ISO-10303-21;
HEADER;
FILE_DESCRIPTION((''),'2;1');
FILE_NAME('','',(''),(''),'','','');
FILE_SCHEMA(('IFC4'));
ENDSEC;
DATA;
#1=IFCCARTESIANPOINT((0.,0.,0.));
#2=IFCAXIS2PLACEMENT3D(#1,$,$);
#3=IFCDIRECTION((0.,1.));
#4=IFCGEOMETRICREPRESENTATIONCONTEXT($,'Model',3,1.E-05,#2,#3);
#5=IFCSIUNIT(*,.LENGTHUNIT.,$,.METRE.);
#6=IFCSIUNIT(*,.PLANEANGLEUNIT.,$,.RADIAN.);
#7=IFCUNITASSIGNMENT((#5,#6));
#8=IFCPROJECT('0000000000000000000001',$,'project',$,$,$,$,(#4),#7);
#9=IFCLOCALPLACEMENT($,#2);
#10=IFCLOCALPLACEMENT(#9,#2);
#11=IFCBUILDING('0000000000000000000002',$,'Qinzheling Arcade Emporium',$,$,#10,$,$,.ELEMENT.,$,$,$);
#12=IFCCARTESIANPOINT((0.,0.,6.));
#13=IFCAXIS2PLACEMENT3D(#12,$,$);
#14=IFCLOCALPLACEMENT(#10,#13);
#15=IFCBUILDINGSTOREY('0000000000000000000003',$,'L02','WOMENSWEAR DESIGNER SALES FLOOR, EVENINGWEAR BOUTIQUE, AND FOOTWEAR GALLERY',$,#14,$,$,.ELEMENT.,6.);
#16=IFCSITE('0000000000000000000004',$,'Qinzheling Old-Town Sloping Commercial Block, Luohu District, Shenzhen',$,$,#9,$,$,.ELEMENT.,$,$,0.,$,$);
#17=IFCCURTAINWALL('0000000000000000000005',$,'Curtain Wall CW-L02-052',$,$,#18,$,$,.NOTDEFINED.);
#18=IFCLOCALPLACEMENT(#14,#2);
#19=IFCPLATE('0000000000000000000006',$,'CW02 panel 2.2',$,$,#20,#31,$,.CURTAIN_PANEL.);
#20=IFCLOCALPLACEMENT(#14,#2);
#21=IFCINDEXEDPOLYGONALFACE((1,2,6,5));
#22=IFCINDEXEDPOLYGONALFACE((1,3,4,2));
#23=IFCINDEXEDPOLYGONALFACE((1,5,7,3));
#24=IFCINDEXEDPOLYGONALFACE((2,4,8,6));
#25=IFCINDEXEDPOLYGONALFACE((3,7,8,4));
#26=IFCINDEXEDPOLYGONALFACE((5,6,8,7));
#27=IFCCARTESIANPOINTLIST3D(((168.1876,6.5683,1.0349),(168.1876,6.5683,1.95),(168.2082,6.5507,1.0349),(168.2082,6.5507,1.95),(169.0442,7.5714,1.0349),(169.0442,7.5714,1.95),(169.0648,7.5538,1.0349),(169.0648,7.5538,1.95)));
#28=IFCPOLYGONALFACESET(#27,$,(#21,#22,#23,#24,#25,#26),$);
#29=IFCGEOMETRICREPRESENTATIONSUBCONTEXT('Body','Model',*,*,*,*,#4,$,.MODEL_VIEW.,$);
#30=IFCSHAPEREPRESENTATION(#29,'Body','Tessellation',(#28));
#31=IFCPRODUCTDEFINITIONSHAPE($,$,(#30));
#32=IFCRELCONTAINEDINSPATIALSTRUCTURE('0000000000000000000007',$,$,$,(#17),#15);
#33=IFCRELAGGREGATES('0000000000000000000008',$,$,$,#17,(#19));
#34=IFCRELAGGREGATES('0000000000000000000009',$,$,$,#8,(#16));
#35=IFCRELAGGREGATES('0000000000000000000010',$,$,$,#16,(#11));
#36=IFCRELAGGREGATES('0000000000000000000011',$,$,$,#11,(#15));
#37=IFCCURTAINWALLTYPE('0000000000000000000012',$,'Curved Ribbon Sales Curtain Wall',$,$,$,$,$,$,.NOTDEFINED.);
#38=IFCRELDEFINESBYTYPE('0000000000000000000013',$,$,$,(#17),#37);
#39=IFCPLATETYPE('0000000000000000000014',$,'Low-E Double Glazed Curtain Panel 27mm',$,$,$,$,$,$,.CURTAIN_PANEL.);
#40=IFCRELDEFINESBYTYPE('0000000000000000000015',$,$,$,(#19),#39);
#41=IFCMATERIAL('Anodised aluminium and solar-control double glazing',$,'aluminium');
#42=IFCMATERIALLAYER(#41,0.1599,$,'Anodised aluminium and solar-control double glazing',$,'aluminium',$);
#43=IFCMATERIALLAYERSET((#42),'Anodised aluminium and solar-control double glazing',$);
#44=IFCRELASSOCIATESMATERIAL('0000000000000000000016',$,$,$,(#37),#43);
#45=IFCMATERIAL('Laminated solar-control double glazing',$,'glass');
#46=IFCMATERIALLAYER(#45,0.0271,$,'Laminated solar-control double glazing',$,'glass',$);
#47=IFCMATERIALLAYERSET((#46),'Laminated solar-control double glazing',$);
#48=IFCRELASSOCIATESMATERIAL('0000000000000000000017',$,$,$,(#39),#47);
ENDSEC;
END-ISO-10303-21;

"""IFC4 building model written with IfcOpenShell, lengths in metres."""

from ifc_helpers import new_model, si_unit, direction, frame, origin, origin_2d, place, context, subcontext, project, spatial, rectangle, extrude, material, layer, layer_set, type_object, element, aggregate, save


model = new_model("IFC4")

# Units and contexts
model_context = context("Model", 3, precision=1e-05, world=origin(), true_north=direction((0.0, 1.0)))
body_context = subcontext(model_context, "Body", "Model", "MODEL_VIEW")
ifc_project = project(units=[si_unit("LENGTHUNIT", "METRE"), si_unit("PLANEANGLEUNIT", "RADIAN")], contexts=[model_context])

# Site, building, storey
site_placement = place(None, origin())
site = spatial("IfcSite", under=ifc_project, at=site_placement, Name="Qinzheling Old-Town Sloping Commercial Block, Luohu District, Shenzhen", CompositionType="ELEMENT", RefElevation=0.0)
building_placement = place(site_placement, origin())
building = spatial("IfcBuilding", under=site, at=building_placement, Name="Qinzheling Arcade Emporium", CompositionType="ELEMENT")
storey_placement = place(building_placement, frame((0.0, 0.0, 6.0)))
storey = spatial("IfcBuildingStorey", under=building, at=storey_placement, Name="L02", Description="WOMENSWEAR DESIGNER SALES FLOOR, EVENINGWEAR BOUTIQUE, AND FOOTWEAR GALLERY", CompositionType="ELEMENT", Elevation=6.0)

# Curtain wall
ifc_material_1 = material(Name="Anodised aluminium and solar-control double glazing", Category="aluminium")
ifc_layer_1 = layer(ifc_material_1, 0.1599, Name="Anodised aluminium and solar-control double glazing", Category="aluminium")
ifc_layer_set_1 = layer_set([ifc_layer_1], Name="Anodised aluminium and solar-control double glazing")
curtain_wall_type = type_object("IfcCurtainWallType", Name="Curved Ribbon Sales Curtain Wall", PredefinedType="NOTDEFINED", material=ifc_layer_set_1)
curtain_wall_1_placement = place(storey_placement, origin())
curtain_wall_1 = element("IfcCurtainWall", 1, at=curtain_wall_1_placement, inside=storey, type_object=curtain_wall_type, Name="Curtain Wall CW-L02-052", PredefinedType="NOTDEFINED")

# Plate
ifc_material_2 = material(Name="Laminated solar-control double glazing", Category="glass")
ifc_layer_2 = layer(ifc_material_2, 0.0271, Name="Laminated solar-control double glazing", Category="glass")
ifc_layer_set_2 = layer_set([ifc_layer_2], Name="Laminated solar-control double glazing")
plate_type = type_object("IfcPlateType", Name="Low-E Double Glazed Curtain Panel 27mm", PredefinedType="CURTAIN_PANEL", material=ifc_layer_set_2)
plate_1_placement = place(storey_placement, frame((168.6262, 7.061, 1.0349), z_axis=(0.0, 0.0, 1.0), x_axis=(-0.649388, -0.760458, 0.0)))
plate_1 = element("IfcPlate", 2, at=plate_1_placement, type_object=plate_type, Name="CW02 panel 2.2", PredefinedType="CURTAIN_PANEL", context=body_context, shape_type="SweptSolid", body=[
    extrude(rectangle(XDim=1.3191, YDim=0.0271, at=origin_2d()), origin(), (0.0, 0.0, 1.0), 0.915),
])
aggregate(curtain_wall_1, [plate_1])

save(model, "model.ifc")
